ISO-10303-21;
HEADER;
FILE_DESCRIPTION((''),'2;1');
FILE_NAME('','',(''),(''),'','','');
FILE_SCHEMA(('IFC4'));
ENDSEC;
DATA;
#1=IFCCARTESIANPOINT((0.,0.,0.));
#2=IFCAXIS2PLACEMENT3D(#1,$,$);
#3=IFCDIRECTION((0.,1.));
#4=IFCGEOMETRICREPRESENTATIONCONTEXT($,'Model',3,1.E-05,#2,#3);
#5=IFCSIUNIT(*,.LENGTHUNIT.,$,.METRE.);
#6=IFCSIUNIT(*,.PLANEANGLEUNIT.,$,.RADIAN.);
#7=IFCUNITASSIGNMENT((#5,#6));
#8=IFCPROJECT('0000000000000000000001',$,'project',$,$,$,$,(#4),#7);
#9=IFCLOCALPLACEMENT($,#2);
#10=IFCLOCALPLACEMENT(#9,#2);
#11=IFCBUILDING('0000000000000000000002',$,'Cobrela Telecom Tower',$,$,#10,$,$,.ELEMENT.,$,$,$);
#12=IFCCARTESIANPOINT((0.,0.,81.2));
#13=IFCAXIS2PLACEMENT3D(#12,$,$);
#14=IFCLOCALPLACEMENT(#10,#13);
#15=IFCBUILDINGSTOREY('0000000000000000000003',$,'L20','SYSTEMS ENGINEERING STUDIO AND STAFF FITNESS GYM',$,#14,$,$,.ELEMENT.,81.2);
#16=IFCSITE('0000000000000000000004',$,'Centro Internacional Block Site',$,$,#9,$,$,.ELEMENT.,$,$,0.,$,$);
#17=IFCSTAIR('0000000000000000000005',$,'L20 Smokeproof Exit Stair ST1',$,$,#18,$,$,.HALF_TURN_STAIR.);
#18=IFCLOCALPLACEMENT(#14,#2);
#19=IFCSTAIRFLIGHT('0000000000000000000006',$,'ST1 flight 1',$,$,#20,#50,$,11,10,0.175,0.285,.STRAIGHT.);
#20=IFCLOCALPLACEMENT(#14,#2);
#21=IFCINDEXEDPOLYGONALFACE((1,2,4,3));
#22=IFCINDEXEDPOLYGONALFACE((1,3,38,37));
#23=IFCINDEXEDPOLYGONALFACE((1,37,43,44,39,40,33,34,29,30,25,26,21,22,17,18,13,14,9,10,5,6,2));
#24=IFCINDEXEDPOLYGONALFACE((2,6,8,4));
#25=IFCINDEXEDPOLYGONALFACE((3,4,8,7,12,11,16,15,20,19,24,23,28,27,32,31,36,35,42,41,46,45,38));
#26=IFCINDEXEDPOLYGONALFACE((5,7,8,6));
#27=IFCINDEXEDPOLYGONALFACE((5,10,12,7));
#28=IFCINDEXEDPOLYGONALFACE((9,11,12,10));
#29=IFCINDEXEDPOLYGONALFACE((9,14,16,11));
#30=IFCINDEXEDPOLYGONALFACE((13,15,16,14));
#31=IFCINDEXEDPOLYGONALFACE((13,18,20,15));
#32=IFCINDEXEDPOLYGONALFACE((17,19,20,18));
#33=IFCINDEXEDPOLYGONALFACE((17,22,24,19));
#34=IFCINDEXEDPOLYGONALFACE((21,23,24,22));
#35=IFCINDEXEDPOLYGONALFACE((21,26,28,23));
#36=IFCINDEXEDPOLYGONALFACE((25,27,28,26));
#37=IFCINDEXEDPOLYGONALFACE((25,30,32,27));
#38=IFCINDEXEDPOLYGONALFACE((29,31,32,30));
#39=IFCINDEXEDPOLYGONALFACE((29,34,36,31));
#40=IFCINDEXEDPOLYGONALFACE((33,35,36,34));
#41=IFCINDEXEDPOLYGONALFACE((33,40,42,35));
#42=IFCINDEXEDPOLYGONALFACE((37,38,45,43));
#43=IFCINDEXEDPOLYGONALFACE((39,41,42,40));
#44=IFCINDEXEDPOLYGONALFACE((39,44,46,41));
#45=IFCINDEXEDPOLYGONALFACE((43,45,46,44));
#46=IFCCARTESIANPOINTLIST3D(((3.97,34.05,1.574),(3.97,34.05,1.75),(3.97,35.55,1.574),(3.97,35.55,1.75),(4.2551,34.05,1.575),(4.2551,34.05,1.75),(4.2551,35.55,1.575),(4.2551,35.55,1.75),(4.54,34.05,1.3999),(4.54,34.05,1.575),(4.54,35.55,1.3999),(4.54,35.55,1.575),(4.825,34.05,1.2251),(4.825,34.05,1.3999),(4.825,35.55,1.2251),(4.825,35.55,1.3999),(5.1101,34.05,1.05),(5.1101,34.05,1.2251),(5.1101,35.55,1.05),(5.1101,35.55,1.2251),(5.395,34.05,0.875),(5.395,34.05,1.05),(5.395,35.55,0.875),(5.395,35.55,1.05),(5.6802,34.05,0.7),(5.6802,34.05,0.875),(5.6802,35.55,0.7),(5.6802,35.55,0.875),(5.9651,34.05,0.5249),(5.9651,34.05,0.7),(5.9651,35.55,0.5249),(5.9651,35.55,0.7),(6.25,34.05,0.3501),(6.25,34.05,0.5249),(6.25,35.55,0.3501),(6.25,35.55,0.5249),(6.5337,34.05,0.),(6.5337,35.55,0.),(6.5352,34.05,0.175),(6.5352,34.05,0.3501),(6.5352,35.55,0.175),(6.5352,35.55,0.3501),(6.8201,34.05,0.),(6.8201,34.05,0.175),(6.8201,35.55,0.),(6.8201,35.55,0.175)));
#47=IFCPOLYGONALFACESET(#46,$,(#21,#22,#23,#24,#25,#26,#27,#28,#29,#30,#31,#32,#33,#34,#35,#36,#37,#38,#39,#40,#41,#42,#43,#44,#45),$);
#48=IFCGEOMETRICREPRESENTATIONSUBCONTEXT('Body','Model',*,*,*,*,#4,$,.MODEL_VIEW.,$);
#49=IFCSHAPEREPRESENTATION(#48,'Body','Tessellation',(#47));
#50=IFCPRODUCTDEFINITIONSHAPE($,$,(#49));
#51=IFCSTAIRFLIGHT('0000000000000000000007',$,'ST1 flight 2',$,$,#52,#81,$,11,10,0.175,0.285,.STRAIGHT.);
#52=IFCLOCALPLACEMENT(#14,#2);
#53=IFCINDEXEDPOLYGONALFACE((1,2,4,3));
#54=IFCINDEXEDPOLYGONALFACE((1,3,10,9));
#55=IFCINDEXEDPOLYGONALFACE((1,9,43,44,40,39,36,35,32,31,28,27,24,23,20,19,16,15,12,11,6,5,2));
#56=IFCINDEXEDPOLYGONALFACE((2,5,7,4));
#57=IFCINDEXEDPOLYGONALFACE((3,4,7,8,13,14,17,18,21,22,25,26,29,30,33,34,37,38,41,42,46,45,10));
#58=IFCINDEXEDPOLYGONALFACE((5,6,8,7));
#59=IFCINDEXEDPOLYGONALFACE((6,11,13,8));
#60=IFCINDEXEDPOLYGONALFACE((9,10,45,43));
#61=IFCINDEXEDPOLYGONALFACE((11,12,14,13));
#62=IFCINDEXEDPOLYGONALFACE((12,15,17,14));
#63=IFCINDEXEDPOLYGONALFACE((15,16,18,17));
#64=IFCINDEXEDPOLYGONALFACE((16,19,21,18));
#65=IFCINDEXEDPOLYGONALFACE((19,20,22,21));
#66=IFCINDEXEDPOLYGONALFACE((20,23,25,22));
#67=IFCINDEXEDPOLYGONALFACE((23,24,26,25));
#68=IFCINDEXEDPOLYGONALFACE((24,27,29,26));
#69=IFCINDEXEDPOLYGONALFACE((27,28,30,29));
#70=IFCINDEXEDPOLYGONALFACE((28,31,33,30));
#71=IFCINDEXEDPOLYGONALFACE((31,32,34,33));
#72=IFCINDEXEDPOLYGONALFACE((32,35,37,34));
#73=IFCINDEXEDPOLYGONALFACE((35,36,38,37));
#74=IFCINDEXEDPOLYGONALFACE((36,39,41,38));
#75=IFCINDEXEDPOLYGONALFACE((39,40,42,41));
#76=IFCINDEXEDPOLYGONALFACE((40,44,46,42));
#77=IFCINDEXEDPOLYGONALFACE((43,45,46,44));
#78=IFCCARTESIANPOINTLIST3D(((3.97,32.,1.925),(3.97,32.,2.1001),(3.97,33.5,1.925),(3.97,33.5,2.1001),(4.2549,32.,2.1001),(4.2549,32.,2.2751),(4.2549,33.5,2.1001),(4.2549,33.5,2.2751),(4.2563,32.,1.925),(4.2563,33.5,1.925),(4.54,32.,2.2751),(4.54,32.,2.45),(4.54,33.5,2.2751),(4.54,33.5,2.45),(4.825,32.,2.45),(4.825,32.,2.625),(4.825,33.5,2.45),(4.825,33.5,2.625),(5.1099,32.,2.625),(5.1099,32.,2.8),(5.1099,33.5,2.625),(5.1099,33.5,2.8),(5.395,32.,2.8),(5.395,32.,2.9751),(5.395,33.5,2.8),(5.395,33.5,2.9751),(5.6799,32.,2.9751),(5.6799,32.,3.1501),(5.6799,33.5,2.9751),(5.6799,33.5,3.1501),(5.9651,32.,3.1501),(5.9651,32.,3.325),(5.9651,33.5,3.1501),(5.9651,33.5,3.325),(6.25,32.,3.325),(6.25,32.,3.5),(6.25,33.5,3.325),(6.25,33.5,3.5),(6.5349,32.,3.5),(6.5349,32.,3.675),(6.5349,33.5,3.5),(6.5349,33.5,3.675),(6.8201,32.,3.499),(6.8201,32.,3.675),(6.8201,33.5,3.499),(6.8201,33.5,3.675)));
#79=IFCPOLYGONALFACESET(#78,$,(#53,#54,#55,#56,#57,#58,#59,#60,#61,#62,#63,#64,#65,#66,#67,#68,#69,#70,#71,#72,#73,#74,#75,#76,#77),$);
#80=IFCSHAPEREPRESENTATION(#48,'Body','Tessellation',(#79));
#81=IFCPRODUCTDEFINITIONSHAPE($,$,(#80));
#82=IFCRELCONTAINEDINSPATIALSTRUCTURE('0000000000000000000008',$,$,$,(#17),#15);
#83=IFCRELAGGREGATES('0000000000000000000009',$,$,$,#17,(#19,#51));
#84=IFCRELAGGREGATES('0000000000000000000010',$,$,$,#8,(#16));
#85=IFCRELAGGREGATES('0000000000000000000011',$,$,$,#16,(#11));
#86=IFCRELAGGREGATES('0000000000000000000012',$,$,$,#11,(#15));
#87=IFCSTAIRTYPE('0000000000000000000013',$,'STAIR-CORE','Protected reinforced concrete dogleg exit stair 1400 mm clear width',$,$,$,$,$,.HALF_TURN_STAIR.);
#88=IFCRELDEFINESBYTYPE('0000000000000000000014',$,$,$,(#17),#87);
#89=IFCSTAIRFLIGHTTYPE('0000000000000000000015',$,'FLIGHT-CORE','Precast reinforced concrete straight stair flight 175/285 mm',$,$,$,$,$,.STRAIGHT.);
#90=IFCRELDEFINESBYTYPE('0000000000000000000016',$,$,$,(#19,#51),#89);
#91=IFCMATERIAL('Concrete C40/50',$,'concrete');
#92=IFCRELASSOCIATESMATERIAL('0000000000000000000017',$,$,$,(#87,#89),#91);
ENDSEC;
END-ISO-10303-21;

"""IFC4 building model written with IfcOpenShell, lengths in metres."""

from ifc_helpers import new_model, si_unit, direction, frame, origin, place, context, subcontext, project, spatial, polyline, outline, extrude, material, type_object, element, aggregate, save


model = new_model("IFC4")

# Units and contexts
model_context = context("Model", 3, precision=1e-05, world=origin(), true_north=direction((0.0, 1.0)))
body_context = subcontext(model_context, "Body", "Model", "MODEL_VIEW")
ifc_project = project(units=[si_unit("LENGTHUNIT", "METRE"), si_unit("PLANEANGLEUNIT", "RADIAN")], contexts=[model_context])

# Site, building, storey
site_placement = place(None, origin())
site = spatial("IfcSite", under=ifc_project, at=site_placement, Name="Centro Internacional Block Site", CompositionType="ELEMENT", RefElevation=0.0)
building_placement = place(site_placement, origin())
building = spatial("IfcBuilding", under=site, at=building_placement, Name="Cobrela Telecom Tower", CompositionType="ELEMENT")
storey_placement = place(building_placement, frame((0.0, 0.0, 81.2)))
storey = spatial("IfcBuildingStorey", under=building, at=storey_placement, Name="L20", Description="SYSTEMS ENGINEERING STUDIO AND STAFF FITNESS GYM", CompositionType="ELEMENT", Elevation=81.2)

# Shared definitions
ifc_material_1 = material(Name="Concrete C40/50", Category="concrete")

# Stair, stair flights
stair_type = type_object("IfcStairType", Name="STAIR-CORE", Description="Protected reinforced concrete dogleg exit stair 1400 mm clear width", PredefinedType="HALF_TURN_STAIR", material=ifc_material_1)
stair_placement = place(storey_placement, origin())
stair = element("IfcStair", 1, at=stair_placement, inside=storey, type_object=stair_type, Name="L20 Smokeproof Exit Stair ST1", PredefinedType="HALF_TURN_STAIR")
stair_flight_type = type_object("IfcStairFlightType", Name="FLIGHT-CORE", Description="Precast reinforced concrete straight stair flight 175/285 mm", PredefinedType="STRAIGHT", material=ifc_material_1)
stair_flight_1_placement = place(storey_placement, frame((6.8201, 34.8, 0.0), z_axis=(0.0, 0.0, 1.0), x_axis=(-1.0, 0.0, 0.0)))
stair_flight_1 = element("IfcStairFlight", 2, at=stair_flight_1_placement, type_object=stair_flight_type, Name="ST1 flight 1", NumberOfRisers=11, NumberOfTreads=10, PredefinedType="STRAIGHT", RiserHeight=0.175, TreadLength=0.285, context=body_context, shape_type="SweptSolid", body=[
    extrude(outline(polyline([(0.0, 0.0), (0.0, 0.175), (0.2849, 0.175), (0.2849, 0.3501), (0.5701, 0.3501), (0.5701, 0.5249), (0.855, 0.5249), (0.855, 0.7), (1.1399, 0.7), (1.1399, 0.875), (1.425, 0.875), (1.425, 1.05), (1.71, 1.05), (1.71, 1.2251), (1.9951, 1.2251), (1.9951, 1.3999), (2.28, 1.3999), (2.28, 1.575), (2.5649, 1.575), (2.5649, 1.75), (2.8501, 1.75), (2.8501, 1.925), (2.8501, 1.574), (0.2864, 0.0), (0.0, 0.0)])), frame((0.0, 0.75, 0.0), z_axis=(0.0, -1.0, 0.0), x_axis=(1.0, 0.0, 0.0)), (0.0, 0.0, 1.0), 1.5),
])
stair_flight_2_placement = place(storey_placement, frame((3.97, 32.75, 1.925), z_axis=(0.0, 0.0, 1.0), x_axis=(1.0, 0.0, 0.0)))
stair_flight_2 = element("IfcStairFlight", 3, at=stair_flight_2_placement, type_object=stair_flight_type, Name="ST1 flight 2", NumberOfRisers=11, NumberOfTreads=10, PredefinedType="STRAIGHT", RiserHeight=0.175, TreadLength=0.285, context=body_context, shape_type="SweptSolid", body=[
    extrude(outline(polyline([(0.0, 0.0), (0.0, 0.175), (0.2849, 0.175), (0.2849, 0.3501), (0.5701, 0.3501), (0.5701, 0.5249), (0.855, 0.5249), (0.855, 0.7), (1.1399, 0.7), (1.1399, 0.875), (1.425, 0.875), (1.425, 1.05), (1.71, 1.05), (1.71, 1.2251), (1.9951, 1.2251), (1.9951, 1.3999), (2.28, 1.3999), (2.28, 1.575), (2.5649, 1.575), (2.5649, 1.75), (2.8501, 1.75), (2.8501, 1.925), (2.8501, 1.574), (0.2864, 0.0), (0.0, 0.0)])), frame((0.0, 0.75, 0.0), z_axis=(0.0, -1.0, 0.0), x_axis=(1.0, 0.0, 0.0)), (0.0, 0.0, 1.0), 1.5),
])
aggregate(stair, [stair_flight_1, stair_flight_2])

save(model, "model.ifc")
